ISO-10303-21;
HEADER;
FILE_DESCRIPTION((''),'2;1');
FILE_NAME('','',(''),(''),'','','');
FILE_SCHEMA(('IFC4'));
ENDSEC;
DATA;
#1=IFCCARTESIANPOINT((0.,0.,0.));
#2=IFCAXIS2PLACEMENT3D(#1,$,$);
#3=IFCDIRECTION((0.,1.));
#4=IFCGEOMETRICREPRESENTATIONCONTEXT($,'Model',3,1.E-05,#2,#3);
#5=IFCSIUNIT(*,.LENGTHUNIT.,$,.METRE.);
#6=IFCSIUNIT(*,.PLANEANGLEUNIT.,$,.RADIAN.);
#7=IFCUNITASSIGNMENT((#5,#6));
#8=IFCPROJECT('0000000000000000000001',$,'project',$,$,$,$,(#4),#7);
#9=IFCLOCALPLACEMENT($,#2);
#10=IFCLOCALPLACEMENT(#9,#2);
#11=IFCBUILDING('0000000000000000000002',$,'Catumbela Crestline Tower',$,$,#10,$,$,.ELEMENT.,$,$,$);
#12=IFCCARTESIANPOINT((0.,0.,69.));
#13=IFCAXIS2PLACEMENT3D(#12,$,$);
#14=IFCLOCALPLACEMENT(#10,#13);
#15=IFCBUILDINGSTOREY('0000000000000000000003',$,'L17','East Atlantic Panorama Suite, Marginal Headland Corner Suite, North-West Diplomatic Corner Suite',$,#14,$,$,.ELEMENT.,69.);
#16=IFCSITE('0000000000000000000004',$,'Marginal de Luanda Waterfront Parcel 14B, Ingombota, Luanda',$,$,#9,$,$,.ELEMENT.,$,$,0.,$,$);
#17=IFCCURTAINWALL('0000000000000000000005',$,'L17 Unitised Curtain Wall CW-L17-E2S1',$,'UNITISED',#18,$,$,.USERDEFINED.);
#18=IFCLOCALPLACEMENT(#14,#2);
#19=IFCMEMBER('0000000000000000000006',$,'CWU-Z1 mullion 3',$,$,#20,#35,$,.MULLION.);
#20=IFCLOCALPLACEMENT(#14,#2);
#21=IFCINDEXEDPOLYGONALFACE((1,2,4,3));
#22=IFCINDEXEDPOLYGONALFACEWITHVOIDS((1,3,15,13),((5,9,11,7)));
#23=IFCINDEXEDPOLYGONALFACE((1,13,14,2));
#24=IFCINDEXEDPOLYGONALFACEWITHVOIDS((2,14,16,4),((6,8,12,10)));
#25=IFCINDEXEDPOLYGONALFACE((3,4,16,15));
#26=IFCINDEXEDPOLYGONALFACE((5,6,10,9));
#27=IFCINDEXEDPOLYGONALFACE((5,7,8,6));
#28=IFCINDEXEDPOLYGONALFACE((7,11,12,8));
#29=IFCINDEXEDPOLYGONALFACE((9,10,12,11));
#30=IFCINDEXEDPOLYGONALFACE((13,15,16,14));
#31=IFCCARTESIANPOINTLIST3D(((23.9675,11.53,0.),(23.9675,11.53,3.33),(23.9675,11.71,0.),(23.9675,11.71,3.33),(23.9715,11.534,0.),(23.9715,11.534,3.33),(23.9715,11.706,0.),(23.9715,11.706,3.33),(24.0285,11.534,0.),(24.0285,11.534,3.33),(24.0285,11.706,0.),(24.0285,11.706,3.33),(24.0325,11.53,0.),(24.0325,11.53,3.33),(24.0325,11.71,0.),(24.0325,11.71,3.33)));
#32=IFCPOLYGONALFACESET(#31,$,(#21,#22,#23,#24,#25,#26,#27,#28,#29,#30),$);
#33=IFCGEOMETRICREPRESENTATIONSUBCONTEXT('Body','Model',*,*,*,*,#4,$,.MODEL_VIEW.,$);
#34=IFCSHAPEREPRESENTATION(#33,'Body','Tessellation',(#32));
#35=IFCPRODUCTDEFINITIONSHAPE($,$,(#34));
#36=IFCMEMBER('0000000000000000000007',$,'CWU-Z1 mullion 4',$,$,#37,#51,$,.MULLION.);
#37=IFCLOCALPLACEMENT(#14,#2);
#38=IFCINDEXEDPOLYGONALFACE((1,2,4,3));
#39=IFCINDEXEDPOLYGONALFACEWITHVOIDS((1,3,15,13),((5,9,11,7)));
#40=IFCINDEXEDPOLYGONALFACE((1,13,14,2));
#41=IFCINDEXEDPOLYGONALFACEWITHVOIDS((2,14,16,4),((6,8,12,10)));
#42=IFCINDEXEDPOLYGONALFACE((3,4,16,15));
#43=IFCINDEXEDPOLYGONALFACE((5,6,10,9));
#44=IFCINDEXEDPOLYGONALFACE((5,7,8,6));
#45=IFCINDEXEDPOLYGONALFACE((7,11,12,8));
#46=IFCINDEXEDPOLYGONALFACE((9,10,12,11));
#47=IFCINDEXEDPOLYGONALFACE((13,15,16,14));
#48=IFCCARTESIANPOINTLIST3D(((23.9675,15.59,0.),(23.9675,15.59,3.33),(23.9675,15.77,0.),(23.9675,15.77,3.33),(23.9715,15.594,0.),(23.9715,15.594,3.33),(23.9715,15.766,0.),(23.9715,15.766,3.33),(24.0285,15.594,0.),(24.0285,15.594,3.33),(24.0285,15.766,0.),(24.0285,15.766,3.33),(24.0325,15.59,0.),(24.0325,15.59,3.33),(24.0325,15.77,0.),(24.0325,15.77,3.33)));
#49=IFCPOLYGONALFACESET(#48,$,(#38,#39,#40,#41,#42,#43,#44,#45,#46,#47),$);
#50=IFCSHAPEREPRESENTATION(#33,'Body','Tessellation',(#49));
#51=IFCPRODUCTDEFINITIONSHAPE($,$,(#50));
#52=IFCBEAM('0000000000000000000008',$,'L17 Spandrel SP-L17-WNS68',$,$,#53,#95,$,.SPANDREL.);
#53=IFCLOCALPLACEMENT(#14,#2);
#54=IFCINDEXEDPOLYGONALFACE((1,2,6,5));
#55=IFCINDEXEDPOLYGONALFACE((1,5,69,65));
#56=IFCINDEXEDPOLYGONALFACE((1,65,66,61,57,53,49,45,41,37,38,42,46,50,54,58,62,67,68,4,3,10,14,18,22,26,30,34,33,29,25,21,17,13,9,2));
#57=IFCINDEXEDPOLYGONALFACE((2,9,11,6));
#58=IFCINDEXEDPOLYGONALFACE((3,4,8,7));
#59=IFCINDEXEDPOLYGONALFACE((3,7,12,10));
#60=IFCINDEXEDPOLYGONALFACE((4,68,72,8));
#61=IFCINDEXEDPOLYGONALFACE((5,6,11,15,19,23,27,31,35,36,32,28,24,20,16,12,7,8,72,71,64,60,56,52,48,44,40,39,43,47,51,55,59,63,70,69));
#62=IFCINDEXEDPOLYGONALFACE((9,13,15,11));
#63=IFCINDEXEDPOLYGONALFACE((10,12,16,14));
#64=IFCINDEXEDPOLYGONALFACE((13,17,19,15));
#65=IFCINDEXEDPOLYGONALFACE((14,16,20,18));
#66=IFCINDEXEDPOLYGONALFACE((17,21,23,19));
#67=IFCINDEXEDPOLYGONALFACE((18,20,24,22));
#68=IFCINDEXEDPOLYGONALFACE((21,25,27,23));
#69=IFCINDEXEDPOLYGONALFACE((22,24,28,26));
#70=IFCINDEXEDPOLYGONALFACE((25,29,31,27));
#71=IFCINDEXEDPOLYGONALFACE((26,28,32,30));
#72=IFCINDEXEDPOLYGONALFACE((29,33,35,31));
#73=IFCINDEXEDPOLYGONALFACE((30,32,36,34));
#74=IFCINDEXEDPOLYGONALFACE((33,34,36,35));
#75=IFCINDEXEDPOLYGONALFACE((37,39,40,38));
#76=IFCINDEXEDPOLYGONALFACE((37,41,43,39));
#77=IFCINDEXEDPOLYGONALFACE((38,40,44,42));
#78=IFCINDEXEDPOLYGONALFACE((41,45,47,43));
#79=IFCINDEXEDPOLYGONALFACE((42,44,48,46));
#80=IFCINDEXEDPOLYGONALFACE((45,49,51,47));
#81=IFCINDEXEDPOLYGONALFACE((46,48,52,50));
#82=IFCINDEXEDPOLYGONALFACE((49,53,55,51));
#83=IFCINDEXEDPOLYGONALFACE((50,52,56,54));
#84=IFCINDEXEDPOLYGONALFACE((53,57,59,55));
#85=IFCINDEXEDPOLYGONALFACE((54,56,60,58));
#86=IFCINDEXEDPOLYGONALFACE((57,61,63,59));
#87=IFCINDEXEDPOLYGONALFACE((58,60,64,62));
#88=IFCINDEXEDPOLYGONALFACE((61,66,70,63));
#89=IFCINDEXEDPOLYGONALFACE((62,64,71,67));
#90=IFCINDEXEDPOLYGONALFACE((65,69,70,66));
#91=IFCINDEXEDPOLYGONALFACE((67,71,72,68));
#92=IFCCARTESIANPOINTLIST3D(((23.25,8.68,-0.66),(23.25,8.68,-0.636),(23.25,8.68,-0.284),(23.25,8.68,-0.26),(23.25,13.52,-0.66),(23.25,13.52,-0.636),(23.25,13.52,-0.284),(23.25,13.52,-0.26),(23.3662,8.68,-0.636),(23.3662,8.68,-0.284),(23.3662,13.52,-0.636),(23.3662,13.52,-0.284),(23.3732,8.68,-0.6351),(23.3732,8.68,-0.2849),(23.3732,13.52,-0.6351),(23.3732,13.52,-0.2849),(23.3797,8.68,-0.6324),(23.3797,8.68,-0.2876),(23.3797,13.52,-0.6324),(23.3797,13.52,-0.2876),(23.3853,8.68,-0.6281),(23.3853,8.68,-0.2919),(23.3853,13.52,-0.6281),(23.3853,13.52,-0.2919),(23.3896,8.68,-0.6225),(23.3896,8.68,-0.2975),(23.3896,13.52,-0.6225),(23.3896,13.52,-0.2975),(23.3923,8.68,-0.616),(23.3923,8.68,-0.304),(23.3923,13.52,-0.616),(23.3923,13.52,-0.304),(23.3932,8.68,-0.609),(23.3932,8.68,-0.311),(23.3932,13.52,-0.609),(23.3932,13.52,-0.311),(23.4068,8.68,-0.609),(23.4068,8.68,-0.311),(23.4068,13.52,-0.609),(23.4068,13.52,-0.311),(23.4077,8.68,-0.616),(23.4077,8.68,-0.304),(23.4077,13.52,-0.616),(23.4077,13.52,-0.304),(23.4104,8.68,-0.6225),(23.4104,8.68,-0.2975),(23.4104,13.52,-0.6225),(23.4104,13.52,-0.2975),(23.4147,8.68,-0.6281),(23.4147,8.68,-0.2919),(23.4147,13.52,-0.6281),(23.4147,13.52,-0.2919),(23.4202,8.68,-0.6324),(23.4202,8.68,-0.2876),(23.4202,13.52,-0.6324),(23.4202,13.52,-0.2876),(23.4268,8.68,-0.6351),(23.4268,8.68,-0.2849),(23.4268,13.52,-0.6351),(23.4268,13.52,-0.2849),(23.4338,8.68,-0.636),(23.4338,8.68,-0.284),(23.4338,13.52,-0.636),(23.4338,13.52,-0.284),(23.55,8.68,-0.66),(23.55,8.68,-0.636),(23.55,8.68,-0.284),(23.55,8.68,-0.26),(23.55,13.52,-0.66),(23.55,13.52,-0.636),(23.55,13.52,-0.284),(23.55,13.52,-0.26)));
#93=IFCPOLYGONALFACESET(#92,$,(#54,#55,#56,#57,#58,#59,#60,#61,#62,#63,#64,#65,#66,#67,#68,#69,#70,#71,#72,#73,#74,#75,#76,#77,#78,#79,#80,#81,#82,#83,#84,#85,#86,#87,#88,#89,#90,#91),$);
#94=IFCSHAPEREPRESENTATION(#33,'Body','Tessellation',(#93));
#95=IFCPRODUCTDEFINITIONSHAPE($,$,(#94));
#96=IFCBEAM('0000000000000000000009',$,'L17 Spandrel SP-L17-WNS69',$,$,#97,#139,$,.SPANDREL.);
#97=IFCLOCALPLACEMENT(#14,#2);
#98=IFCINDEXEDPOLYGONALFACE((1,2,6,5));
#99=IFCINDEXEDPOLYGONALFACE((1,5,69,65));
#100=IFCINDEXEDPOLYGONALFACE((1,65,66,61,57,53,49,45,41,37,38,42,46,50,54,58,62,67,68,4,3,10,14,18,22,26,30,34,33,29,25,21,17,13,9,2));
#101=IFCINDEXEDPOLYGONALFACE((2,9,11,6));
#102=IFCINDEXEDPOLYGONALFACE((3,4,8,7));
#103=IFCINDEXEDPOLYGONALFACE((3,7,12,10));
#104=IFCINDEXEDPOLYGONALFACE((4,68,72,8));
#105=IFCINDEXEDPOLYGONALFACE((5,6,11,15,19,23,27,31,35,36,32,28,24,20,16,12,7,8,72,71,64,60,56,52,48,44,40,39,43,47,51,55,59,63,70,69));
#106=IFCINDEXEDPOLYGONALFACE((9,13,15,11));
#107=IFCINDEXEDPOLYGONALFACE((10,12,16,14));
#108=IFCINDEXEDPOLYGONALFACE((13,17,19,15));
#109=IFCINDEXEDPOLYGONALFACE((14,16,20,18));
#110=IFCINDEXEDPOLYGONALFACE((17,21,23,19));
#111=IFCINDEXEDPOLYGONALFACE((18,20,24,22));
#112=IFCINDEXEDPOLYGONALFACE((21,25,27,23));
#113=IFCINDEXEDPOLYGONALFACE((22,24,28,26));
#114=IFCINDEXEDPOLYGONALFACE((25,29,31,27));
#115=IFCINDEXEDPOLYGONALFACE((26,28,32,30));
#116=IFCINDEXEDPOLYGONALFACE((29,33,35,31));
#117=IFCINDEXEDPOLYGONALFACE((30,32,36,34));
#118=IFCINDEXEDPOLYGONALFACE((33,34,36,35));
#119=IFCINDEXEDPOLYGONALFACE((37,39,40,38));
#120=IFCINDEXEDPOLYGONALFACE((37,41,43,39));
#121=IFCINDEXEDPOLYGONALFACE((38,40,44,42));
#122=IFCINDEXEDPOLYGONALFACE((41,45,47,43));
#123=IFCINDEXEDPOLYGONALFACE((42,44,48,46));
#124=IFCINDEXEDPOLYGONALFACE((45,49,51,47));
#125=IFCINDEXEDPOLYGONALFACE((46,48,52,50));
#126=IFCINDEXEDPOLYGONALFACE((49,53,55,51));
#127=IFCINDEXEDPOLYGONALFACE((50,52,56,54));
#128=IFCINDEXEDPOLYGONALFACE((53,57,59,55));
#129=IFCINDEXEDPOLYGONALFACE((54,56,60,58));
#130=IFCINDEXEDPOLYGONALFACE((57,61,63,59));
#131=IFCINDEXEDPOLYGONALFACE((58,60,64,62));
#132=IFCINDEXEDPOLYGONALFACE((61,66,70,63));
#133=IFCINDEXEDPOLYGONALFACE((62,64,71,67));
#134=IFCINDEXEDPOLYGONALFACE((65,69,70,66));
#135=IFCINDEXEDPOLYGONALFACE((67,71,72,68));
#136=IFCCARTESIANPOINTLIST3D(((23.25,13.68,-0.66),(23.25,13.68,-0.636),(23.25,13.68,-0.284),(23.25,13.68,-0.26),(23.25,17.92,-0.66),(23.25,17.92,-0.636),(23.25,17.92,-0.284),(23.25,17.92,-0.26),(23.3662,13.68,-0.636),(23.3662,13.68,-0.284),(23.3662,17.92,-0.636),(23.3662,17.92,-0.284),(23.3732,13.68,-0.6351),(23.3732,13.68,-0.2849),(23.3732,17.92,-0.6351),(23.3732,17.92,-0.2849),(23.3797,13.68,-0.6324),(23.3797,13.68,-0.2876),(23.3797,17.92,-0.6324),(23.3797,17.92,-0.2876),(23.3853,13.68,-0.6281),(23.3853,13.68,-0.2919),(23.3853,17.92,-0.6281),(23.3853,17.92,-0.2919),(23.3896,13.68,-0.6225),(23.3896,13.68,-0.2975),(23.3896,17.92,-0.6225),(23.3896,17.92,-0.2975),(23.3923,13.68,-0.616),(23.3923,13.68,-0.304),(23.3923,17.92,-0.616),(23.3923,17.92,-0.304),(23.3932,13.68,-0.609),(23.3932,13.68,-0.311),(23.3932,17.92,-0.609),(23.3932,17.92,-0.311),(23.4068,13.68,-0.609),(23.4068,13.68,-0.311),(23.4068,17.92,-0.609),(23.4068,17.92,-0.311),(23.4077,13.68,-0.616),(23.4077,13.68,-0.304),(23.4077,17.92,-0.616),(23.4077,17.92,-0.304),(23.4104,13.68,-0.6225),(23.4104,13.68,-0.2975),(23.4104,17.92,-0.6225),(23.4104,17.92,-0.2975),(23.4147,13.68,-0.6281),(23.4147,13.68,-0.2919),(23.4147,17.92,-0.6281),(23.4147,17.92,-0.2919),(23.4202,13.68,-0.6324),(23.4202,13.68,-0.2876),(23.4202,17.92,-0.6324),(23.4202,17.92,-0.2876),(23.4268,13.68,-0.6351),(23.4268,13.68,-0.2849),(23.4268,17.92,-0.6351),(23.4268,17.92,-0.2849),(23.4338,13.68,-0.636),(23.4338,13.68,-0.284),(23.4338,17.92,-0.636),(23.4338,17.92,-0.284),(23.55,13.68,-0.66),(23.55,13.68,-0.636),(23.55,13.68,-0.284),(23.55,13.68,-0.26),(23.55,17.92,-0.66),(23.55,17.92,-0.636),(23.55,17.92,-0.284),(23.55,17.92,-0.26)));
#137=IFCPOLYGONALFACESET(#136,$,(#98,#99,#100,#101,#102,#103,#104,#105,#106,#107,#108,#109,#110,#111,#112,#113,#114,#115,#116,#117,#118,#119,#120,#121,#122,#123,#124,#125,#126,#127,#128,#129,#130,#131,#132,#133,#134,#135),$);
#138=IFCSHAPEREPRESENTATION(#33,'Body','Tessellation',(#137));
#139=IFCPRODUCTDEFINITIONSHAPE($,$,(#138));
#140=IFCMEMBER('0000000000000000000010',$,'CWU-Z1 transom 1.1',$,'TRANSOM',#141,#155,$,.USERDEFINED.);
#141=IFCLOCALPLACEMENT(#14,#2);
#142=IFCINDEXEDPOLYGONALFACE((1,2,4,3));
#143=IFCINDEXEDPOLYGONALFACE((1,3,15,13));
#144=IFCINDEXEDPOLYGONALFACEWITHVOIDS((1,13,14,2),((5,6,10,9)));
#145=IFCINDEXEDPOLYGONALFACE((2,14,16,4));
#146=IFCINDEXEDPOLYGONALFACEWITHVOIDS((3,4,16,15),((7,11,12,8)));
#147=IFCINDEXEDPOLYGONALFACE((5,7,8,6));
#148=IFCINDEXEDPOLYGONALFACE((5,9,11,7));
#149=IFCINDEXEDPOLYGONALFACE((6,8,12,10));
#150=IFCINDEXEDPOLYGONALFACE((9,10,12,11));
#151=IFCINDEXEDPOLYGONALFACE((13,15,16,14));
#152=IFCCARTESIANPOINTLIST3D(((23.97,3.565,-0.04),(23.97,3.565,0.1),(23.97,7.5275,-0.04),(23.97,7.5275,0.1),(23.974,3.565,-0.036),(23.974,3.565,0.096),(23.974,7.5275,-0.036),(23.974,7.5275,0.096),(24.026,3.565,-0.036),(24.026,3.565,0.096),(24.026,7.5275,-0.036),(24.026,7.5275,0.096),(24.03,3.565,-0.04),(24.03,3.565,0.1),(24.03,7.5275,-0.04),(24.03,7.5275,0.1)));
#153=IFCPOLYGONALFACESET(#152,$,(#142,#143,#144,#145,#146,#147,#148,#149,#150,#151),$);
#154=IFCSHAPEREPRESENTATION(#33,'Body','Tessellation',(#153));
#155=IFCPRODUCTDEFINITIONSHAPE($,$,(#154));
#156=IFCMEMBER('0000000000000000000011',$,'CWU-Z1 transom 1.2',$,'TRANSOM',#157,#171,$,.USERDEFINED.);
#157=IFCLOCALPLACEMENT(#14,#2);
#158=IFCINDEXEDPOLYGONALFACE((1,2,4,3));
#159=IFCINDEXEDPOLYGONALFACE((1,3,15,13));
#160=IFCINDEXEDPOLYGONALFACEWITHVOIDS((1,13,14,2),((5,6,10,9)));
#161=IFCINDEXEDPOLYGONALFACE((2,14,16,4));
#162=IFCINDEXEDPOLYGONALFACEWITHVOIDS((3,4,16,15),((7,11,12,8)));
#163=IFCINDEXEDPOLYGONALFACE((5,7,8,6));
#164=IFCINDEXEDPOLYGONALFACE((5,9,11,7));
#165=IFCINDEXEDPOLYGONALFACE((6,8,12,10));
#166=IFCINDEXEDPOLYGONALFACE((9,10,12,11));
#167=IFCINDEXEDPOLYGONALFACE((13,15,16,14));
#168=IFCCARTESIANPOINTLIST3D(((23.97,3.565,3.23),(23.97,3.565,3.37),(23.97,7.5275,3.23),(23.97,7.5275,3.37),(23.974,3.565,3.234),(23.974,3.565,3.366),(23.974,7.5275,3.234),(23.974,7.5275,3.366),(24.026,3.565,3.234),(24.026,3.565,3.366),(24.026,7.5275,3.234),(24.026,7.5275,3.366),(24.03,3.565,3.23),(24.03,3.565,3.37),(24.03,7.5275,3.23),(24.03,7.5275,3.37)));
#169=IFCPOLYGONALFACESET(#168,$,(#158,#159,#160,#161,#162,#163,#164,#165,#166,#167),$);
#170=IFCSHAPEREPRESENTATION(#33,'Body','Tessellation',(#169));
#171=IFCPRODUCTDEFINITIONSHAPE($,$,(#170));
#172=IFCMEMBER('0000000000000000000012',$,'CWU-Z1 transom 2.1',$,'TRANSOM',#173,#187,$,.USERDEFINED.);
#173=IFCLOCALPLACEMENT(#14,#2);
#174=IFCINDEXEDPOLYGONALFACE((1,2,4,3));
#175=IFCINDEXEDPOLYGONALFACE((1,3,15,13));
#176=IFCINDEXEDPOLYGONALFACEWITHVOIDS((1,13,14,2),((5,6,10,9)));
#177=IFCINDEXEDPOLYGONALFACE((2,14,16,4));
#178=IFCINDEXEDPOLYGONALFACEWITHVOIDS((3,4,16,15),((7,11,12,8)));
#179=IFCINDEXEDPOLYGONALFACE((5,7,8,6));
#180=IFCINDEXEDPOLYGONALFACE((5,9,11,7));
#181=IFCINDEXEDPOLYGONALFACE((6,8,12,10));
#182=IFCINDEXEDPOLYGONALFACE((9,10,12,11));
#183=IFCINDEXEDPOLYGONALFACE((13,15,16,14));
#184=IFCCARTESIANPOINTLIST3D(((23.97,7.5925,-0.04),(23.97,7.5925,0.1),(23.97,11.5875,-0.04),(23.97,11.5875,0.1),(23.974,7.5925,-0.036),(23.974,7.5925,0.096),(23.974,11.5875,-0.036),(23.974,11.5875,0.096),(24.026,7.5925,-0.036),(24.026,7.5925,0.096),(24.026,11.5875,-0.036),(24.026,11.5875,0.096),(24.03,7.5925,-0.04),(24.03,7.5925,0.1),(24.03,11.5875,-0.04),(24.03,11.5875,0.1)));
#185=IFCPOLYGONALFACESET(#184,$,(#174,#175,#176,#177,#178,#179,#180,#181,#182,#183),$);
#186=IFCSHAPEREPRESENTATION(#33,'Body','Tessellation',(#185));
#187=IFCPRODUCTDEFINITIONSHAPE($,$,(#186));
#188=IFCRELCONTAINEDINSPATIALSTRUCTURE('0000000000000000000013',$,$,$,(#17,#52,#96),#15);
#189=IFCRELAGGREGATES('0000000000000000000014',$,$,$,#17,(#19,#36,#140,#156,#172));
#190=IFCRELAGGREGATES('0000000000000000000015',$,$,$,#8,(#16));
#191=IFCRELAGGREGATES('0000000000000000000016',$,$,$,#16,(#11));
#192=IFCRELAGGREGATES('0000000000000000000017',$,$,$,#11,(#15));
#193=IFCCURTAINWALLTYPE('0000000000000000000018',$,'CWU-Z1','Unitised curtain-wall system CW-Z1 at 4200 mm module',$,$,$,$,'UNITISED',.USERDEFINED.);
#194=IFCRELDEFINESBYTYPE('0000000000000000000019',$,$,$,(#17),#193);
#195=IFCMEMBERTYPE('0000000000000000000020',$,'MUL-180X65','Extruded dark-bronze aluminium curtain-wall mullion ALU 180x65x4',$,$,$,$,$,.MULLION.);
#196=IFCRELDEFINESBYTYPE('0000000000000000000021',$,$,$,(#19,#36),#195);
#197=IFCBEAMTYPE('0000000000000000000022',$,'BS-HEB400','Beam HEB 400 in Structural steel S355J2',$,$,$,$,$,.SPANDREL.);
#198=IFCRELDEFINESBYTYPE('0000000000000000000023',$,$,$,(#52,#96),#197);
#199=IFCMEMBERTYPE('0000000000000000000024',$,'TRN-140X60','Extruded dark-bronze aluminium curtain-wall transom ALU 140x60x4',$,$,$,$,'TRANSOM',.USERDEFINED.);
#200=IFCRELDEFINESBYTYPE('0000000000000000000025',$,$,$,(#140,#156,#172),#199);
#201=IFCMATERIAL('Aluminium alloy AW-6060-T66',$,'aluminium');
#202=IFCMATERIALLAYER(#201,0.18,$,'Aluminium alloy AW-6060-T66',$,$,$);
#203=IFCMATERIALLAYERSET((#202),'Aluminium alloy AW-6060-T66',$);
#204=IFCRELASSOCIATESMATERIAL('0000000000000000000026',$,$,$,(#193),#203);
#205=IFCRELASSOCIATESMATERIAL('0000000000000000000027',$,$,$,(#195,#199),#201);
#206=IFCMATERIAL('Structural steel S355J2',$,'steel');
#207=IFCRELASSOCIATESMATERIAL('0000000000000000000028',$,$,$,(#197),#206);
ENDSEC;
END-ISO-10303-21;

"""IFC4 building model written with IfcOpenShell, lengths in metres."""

from ifc_helpers import new_model, si_unit, direction, frame, origin, origin_2d, place, context, subcontext, project, spatial, hollow_rectangle, i_section, extrude, material, layer, layer_set, material_profile, profile_set, type_object, element, aggregate, save


model = new_model("IFC4")

# Units and contexts
model_context = context("Model", 3, precision=1e-05, world=origin(), true_north=direction((0.0, 1.0)))
body_context = subcontext(model_context, "Body", "Model", "MODEL_VIEW")
ifc_project = project(units=[si_unit("LENGTHUNIT", "METRE"), si_unit("PLANEANGLEUNIT", "RADIAN")], contexts=[model_context])

# Site, building, storey
site_placement = place(None, origin())
site = spatial("IfcSite", under=ifc_project, at=site_placement, Name="Marginal de Luanda Waterfront Parcel 14B, Ingombota, Luanda", CompositionType="ELEMENT", RefElevation=0.0)
building_placement = place(site_placement, origin())
building = spatial("IfcBuilding", under=site, at=building_placement, Name="Catumbela Crestline Tower", CompositionType="ELEMENT")
storey_placement = place(building_placement, frame((0.0, 0.0, 69.0)))
storey = spatial("IfcBuildingStorey", under=building, at=storey_placement, Name="L17", Description="East Atlantic Panorama Suite, Marginal Headland Corner Suite, North-West Diplomatic Corner Suite", CompositionType="ELEMENT", Elevation=69.0)

# Shared definitions
ifc_material_1 = material(Name="Structural steel S355J2", Category="steel")

# Shared definitions
ifc_material_2 = material(Name="Aluminium alloy AW-6060-T66", Category="aluminium")
ifc_layer_1 = layer(ifc_material_2, 0.18, Name="Aluminium alloy AW-6060-T66")
ifc_layer_set_1 = layer_set([ifc_layer_1], Name="Aluminium alloy AW-6060-T66")
curtain_wall_type = type_object("IfcCurtainWallType", Name="CWU-Z1", Description="Unitised curtain-wall system CW-Z1 at 4200 mm module", ElementType="UNITISED", PredefinedType="USERDEFINED", material=ifc_layer_set_1)
ifc_material_profile_1 = material_profile(ifc_material_2, hollow_rectangle(XDim=0.065, YDim=0.18, WallThickness=0.004, at=origin_2d()), Name="ALU 180x65x4")
ifc_profile_set_1 = profile_set([ifc_material_profile_1], Name="Aluminium alloy AW-6060-T66")
member_type_1 = type_object("IfcMemberType", Name="MUL-180X65", Description="Extruded dark-bronze aluminium curtain-wall mullion ALU 180x65x4", PredefinedType="MULLION", material=ifc_profile_set_1)

# Curtain wall, members
curtain_wall_1_placement = place(storey_placement, origin())
curtain_wall_1 = element("IfcCurtainWall", 1, at=curtain_wall_1_placement, inside=storey, type_object=curtain_wall_type, Name="L17 Unitised Curtain Wall CW-L17-E2S1", ObjectType="UNITISED", PredefinedType="USERDEFINED")
member_1_placement = place(storey_placement, frame((24.0, 11.62, 0.0), z_axis=(0.0, 0.0, 1.0), x_axis=(-1.0, 0.0, 0.0)))
member_1 = element("IfcMember", 2, at=member_1_placement, type_object=member_type_1, Name="CWU-Z1 mullion 3", PredefinedType="MULLION", context=body_context, shape_type="SweptSolid", body=[
    extrude(hollow_rectangle(XDim=0.065, YDim=0.18, WallThickness=0.004, at=origin_2d()), origin(), (0.0, 0.0, 1.0), 3.33),
])
member_2_placement = place(storey_placement, frame((24.0, 15.68, 0.0), z_axis=(0.0, 0.0, 1.0), x_axis=(-1.0, 0.0, 0.0)))
member_2 = element("IfcMember", 3, at=member_2_placement, type_object=member_type_1, Name="CWU-Z1 mullion 4", PredefinedType="MULLION", context=body_context, shape_type="SweptSolid", body=[
    extrude(hollow_rectangle(XDim=0.065, YDim=0.18, WallThickness=0.004, at=origin_2d()), origin(), (0.0, 0.0, 1.0), 3.33),
])

# Beams
ifc_material_profile_2 = material_profile(ifc_material_1, i_section(OverallWidth=0.3, OverallDepth=0.4, WebThickness=0.0135, FlangeThickness=0.024, FilletRadius=0.027, at=origin_2d()), Name="HEB 400")
ifc_profile_set_2 = profile_set([ifc_material_profile_2], Name="Structural steel S355J2")
beam_type_1 = type_object("IfcBeamType", Name="BS-HEB400", Description="Beam HEB 400 in Structural steel S355J2", PredefinedType="SPANDREL", material=ifc_profile_set_2)
beam_1_placement = place(storey_placement, frame((23.4, 8.68, -0.46), z_axis=(0.0, 1.0, 0.0), x_axis=(-1.0, 0.0, 0.0)))
element("IfcBeam", 4, at=beam_1_placement, inside=storey, type_object=beam_type_1, Name="L17 Spandrel SP-L17-WNS68", PredefinedType="SPANDREL", context=body_context, shape_type="SweptSolid", body=[
    extrude(i_section(OverallWidth=0.3, OverallDepth=0.4, WebThickness=0.0135, FlangeThickness=0.024, FilletRadius=0.027, at=origin_2d()), origin(), (0.0, 0.0, 1.0), 4.84),
])
beam_2_placement = place(storey_placement, frame((23.4, 13.68, -0.46), z_axis=(0.0, 1.0, 0.0), x_axis=(-1.0, 0.0, 0.0)))
element("IfcBeam", 5, at=beam_2_placement, inside=storey, type_object=beam_type_1, Name="L17 Spandrel SP-L17-WNS69", PredefinedType="SPANDREL", context=body_context, shape_type="SweptSolid", body=[
    extrude(i_section(OverallWidth=0.3, OverallDepth=0.4, WebThickness=0.0135, FlangeThickness=0.024, FilletRadius=0.027, at=origin_2d()), origin(), (0.0, 0.0, 1.0), 4.24),
])

# Members
ifc_material_profile_3 = material_profile(ifc_material_2, hollow_rectangle(XDim=0.06, YDim=0.14, WallThickness=0.004, at=origin_2d()), Name="ALU 140x60x4")
ifc_profile_set_3 = profile_set([ifc_material_profile_3], Name="Aluminium alloy AW-6060-T66")
member_type_2 = type_object("IfcMemberType", Name="TRN-140X60", Description="Extruded dark-bronze aluminium curtain-wall transom ALU 140x60x4", ElementType="TRANSOM", PredefinedType="USERDEFINED", material=ifc_profile_set_3)
member_3_placement = place(storey_placement, frame((24.0, 3.565, 0.03), z_axis=(0.0, 1.0, 0.0), x_axis=(-1.0, 0.0, 0.0)))
member_3 = element("IfcMember", 6, at=member_3_placement, type_object=member_type_2, Name="CWU-Z1 transom 1.1", ObjectType="TRANSOM", PredefinedType="USERDEFINED", context=body_context, shape_type="SweptSolid", body=[
    extrude(hollow_rectangle(XDim=0.06, YDim=0.14, WallThickness=0.004, at=origin_2d()), origin(), (0.0, 0.0, 1.0), 3.9625),
])
member_4_placement = place(storey_placement, frame((24.0, 3.565, 3.3), z_axis=(0.0, 1.0, 0.0), x_axis=(-1.0, 0.0, 0.0)))
member_4 = element("IfcMember", 7, at=member_4_placement, type_object=member_type_2, Name="CWU-Z1 transom 1.2", ObjectType="TRANSOM", PredefinedType="USERDEFINED", context=body_context, shape_type="SweptSolid", body=[
    extrude(hollow_rectangle(XDim=0.06, YDim=0.14, WallThickness=0.004, at=origin_2d()), origin(), (0.0, 0.0, 1.0), 3.9625),
])
member_5_placement = place(storey_placement, frame((24.0, 7.5925, 0.03), z_axis=(0.0, 1.0, 0.0), x_axis=(-1.0, 0.0, 0.0)))
member_5 = element("IfcMember", 8, at=member_5_placement, type_object=member_type_2, Name="CWU-Z1 transom 2.1", ObjectType="TRANSOM", PredefinedType="USERDEFINED", context=body_context, shape_type="SweptSolid", body=[
    extrude(hollow_rectangle(XDim=0.06, YDim=0.14, WallThickness=0.004, at=origin_2d()), origin(), (0.0, 0.0, 1.0), 3.995),
])

aggregate(curtain_wall_1, [member_1, member_2, member_3, member_4, member_5])

save(model, "model.ifc")
